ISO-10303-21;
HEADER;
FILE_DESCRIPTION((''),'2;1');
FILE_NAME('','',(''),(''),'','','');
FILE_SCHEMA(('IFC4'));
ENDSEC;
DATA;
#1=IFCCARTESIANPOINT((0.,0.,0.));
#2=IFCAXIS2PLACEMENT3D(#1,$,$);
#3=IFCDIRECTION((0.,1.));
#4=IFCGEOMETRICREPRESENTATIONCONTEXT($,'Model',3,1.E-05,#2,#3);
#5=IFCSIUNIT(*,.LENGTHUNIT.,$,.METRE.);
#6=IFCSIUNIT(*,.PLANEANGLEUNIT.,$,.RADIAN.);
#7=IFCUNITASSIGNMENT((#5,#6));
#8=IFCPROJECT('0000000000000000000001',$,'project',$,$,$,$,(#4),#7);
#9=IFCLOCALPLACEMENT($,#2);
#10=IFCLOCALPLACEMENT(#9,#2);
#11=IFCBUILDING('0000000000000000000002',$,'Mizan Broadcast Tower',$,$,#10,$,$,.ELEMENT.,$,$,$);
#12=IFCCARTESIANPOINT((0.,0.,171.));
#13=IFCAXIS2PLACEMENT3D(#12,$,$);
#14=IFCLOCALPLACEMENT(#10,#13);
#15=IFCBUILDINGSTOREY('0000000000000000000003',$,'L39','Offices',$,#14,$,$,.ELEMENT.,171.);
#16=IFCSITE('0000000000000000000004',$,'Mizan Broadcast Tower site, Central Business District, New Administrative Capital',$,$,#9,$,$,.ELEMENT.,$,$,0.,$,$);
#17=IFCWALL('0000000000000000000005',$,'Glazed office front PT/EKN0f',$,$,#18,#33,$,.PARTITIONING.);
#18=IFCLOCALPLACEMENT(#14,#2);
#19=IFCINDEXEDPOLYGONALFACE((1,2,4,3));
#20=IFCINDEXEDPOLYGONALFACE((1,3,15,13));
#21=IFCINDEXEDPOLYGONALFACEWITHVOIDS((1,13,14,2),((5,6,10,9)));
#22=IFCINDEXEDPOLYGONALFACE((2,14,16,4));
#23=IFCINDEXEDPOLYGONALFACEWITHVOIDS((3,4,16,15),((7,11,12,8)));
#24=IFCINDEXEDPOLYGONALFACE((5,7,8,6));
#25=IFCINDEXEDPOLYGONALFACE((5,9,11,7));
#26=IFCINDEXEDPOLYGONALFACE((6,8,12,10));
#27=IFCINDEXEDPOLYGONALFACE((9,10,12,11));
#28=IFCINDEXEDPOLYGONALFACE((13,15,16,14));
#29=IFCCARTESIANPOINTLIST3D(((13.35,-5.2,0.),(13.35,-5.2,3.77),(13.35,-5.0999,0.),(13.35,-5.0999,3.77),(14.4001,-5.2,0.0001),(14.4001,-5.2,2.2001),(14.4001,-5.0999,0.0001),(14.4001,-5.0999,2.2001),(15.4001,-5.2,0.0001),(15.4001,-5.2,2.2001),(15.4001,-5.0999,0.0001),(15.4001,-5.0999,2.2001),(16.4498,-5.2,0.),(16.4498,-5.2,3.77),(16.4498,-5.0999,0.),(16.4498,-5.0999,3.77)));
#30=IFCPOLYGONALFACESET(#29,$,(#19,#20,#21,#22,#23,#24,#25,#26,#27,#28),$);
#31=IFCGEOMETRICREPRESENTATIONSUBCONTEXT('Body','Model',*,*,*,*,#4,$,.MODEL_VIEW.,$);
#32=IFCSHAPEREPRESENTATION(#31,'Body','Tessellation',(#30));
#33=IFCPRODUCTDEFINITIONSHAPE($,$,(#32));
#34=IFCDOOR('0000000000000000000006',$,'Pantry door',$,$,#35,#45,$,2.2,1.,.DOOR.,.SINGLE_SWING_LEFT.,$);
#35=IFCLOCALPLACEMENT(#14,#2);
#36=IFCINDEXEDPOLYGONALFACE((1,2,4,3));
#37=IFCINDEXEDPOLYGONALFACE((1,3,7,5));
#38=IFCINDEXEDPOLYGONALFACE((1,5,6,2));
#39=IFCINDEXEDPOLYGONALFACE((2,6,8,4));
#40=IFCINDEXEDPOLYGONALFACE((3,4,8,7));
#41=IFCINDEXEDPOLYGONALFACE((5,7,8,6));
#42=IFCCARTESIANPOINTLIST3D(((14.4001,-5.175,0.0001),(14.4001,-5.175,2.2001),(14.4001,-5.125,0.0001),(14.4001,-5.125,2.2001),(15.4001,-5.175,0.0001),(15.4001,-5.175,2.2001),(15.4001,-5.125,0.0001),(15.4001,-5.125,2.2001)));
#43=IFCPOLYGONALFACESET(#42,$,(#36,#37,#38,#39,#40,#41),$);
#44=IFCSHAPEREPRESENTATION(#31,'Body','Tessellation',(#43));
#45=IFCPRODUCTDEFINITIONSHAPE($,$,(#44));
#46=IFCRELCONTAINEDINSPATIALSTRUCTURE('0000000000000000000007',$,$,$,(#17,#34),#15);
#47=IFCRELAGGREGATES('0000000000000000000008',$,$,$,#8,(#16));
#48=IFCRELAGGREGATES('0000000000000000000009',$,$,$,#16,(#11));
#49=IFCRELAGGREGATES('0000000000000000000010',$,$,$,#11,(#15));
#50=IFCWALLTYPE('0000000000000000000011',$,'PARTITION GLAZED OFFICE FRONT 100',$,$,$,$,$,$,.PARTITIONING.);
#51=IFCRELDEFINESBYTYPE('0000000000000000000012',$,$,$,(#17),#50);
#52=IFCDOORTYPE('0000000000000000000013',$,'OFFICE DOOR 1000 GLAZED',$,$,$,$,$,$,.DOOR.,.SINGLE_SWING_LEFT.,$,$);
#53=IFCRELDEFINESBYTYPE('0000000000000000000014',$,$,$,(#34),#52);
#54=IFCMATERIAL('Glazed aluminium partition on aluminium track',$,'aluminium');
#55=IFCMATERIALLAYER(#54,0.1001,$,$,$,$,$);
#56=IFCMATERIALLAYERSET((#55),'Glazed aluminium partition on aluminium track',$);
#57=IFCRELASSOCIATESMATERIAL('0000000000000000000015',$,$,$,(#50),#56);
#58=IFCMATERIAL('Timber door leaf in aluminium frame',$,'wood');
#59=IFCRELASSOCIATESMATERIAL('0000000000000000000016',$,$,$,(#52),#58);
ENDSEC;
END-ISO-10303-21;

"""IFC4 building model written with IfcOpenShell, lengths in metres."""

from ifc_helpers import new_model, si_unit, direction, frame, frame_2d, origin, place, context, subcontext, project, spatial, rectangle, extrude, material, layer, layer_set, type_object, element, fill, save


model = new_model("IFC4")

# Units and contexts
model_context = context("Model", 3, precision=1e-05, world=origin(), true_north=direction((0.0, 1.0)))
body_context = subcontext(model_context, "Body", "Model", "MODEL_VIEW")
ifc_project = project(units=[si_unit("LENGTHUNIT", "METRE"), si_unit("PLANEANGLEUNIT", "RADIAN")], contexts=[model_context])

# Site, building, storey
site_placement = place(None, origin())
site = spatial("IfcSite", under=ifc_project, at=site_placement, Name="Mizan Broadcast Tower site, Central Business District, New Administrative Capital", CompositionType="ELEMENT", RefElevation=0.0)
building_placement = place(site_placement, origin())
building = spatial("IfcBuilding", under=site, at=building_placement, Name="Mizan Broadcast Tower", CompositionType="ELEMENT")
storey_placement = place(building_placement, frame((0.0, 0.0, 171.0)))
storey = spatial("IfcBuildingStorey", under=building, at=storey_placement, Name="L39", Description="Offices", CompositionType="ELEMENT", Elevation=171.0)

# Shared definitions
ifc_material_1 = material(Name="Glazed aluminium partition on aluminium track", Category="aluminium")
ifc_layer_1 = layer(ifc_material_1, 0.1001)
ifc_layer_set_1 = layer_set([ifc_layer_1], Name="Glazed aluminium partition on aluminium track")
wall_type_1 = type_object("IfcWallType", Name="PARTITION GLAZED OFFICE FRONT 100", PredefinedType="PARTITIONING", material=ifc_layer_set_1)

# Wall, opening, door
wall_1_placement = place(storey_placement, frame((13.3501, -5.1499, 0.0), z_axis=(0.0, 0.0, 1.0), x_axis=(1.0, 0.0, 0.0)))
wall_1 = element("IfcWall", 1, at=wall_1_placement, inside=storey, type_object=wall_type_1, Name="Glazed office front PT/EKN0f", PredefinedType="PARTITIONING", context=body_context, shape_type="SweptSolid", body=[
    extrude(rectangle(XDim=3.0999, YDim=0.1001, at=frame_2d((1.5498, 0.0))), origin(), (0.0, 0.0, 1.0), 3.77),
])
opening_1_placement = place(wall_1_placement, frame((1.05, 0.0, 0.0)))
opening_1 = element("IfcOpeningElement", 2, at=opening_1_placement, cuts=wall_1, PredefinedType="OPENING", context=body_context, shape_type="SweptSolid", body=[
    extrude(rectangle(XDim=1.0, YDim=2.2, at=frame_2d((0.5, 1.1001))), frame((0.0, 0.0601, 0.0), z_axis=(0.0, -1.0, 0.0), x_axis=(1.0, 0.0, 0.0)), (0.0, 0.0, 1.0), 0.1201),
])
ifc_material_2 = material(Name="Timber door leaf in aluminium frame", Category="wood")
door_type_1 = type_object("IfcDoorType", Name="OFFICE DOOR 1000 GLAZED", OperationType="SINGLE_SWING_LEFT", PredefinedType="DOOR", material=ifc_material_2)
door_1_placement = place(opening_1_placement, origin())
door_1 = element("IfcDoor", 3, at=door_1_placement, inside=storey, type_object=door_type_1, Name="Pantry door", OperationType="SINGLE_SWING_LEFT", OverallHeight=2.2, OverallWidth=1.0, PredefinedType="DOOR", context=body_context, shape_type="SweptSolid", body=[
    extrude(rectangle(XDim=1.0, YDim=2.2, at=frame_2d((0.5, 1.1001))), frame((0.0, 0.0249, 0.0), z_axis=(0.0, -1.0, 0.0), x_axis=(1.0, 0.0, 0.0)), (0.0, 0.0, 1.0), 0.05),
])
fill(opening_1, door_1)

save(model, "model.ifc")
